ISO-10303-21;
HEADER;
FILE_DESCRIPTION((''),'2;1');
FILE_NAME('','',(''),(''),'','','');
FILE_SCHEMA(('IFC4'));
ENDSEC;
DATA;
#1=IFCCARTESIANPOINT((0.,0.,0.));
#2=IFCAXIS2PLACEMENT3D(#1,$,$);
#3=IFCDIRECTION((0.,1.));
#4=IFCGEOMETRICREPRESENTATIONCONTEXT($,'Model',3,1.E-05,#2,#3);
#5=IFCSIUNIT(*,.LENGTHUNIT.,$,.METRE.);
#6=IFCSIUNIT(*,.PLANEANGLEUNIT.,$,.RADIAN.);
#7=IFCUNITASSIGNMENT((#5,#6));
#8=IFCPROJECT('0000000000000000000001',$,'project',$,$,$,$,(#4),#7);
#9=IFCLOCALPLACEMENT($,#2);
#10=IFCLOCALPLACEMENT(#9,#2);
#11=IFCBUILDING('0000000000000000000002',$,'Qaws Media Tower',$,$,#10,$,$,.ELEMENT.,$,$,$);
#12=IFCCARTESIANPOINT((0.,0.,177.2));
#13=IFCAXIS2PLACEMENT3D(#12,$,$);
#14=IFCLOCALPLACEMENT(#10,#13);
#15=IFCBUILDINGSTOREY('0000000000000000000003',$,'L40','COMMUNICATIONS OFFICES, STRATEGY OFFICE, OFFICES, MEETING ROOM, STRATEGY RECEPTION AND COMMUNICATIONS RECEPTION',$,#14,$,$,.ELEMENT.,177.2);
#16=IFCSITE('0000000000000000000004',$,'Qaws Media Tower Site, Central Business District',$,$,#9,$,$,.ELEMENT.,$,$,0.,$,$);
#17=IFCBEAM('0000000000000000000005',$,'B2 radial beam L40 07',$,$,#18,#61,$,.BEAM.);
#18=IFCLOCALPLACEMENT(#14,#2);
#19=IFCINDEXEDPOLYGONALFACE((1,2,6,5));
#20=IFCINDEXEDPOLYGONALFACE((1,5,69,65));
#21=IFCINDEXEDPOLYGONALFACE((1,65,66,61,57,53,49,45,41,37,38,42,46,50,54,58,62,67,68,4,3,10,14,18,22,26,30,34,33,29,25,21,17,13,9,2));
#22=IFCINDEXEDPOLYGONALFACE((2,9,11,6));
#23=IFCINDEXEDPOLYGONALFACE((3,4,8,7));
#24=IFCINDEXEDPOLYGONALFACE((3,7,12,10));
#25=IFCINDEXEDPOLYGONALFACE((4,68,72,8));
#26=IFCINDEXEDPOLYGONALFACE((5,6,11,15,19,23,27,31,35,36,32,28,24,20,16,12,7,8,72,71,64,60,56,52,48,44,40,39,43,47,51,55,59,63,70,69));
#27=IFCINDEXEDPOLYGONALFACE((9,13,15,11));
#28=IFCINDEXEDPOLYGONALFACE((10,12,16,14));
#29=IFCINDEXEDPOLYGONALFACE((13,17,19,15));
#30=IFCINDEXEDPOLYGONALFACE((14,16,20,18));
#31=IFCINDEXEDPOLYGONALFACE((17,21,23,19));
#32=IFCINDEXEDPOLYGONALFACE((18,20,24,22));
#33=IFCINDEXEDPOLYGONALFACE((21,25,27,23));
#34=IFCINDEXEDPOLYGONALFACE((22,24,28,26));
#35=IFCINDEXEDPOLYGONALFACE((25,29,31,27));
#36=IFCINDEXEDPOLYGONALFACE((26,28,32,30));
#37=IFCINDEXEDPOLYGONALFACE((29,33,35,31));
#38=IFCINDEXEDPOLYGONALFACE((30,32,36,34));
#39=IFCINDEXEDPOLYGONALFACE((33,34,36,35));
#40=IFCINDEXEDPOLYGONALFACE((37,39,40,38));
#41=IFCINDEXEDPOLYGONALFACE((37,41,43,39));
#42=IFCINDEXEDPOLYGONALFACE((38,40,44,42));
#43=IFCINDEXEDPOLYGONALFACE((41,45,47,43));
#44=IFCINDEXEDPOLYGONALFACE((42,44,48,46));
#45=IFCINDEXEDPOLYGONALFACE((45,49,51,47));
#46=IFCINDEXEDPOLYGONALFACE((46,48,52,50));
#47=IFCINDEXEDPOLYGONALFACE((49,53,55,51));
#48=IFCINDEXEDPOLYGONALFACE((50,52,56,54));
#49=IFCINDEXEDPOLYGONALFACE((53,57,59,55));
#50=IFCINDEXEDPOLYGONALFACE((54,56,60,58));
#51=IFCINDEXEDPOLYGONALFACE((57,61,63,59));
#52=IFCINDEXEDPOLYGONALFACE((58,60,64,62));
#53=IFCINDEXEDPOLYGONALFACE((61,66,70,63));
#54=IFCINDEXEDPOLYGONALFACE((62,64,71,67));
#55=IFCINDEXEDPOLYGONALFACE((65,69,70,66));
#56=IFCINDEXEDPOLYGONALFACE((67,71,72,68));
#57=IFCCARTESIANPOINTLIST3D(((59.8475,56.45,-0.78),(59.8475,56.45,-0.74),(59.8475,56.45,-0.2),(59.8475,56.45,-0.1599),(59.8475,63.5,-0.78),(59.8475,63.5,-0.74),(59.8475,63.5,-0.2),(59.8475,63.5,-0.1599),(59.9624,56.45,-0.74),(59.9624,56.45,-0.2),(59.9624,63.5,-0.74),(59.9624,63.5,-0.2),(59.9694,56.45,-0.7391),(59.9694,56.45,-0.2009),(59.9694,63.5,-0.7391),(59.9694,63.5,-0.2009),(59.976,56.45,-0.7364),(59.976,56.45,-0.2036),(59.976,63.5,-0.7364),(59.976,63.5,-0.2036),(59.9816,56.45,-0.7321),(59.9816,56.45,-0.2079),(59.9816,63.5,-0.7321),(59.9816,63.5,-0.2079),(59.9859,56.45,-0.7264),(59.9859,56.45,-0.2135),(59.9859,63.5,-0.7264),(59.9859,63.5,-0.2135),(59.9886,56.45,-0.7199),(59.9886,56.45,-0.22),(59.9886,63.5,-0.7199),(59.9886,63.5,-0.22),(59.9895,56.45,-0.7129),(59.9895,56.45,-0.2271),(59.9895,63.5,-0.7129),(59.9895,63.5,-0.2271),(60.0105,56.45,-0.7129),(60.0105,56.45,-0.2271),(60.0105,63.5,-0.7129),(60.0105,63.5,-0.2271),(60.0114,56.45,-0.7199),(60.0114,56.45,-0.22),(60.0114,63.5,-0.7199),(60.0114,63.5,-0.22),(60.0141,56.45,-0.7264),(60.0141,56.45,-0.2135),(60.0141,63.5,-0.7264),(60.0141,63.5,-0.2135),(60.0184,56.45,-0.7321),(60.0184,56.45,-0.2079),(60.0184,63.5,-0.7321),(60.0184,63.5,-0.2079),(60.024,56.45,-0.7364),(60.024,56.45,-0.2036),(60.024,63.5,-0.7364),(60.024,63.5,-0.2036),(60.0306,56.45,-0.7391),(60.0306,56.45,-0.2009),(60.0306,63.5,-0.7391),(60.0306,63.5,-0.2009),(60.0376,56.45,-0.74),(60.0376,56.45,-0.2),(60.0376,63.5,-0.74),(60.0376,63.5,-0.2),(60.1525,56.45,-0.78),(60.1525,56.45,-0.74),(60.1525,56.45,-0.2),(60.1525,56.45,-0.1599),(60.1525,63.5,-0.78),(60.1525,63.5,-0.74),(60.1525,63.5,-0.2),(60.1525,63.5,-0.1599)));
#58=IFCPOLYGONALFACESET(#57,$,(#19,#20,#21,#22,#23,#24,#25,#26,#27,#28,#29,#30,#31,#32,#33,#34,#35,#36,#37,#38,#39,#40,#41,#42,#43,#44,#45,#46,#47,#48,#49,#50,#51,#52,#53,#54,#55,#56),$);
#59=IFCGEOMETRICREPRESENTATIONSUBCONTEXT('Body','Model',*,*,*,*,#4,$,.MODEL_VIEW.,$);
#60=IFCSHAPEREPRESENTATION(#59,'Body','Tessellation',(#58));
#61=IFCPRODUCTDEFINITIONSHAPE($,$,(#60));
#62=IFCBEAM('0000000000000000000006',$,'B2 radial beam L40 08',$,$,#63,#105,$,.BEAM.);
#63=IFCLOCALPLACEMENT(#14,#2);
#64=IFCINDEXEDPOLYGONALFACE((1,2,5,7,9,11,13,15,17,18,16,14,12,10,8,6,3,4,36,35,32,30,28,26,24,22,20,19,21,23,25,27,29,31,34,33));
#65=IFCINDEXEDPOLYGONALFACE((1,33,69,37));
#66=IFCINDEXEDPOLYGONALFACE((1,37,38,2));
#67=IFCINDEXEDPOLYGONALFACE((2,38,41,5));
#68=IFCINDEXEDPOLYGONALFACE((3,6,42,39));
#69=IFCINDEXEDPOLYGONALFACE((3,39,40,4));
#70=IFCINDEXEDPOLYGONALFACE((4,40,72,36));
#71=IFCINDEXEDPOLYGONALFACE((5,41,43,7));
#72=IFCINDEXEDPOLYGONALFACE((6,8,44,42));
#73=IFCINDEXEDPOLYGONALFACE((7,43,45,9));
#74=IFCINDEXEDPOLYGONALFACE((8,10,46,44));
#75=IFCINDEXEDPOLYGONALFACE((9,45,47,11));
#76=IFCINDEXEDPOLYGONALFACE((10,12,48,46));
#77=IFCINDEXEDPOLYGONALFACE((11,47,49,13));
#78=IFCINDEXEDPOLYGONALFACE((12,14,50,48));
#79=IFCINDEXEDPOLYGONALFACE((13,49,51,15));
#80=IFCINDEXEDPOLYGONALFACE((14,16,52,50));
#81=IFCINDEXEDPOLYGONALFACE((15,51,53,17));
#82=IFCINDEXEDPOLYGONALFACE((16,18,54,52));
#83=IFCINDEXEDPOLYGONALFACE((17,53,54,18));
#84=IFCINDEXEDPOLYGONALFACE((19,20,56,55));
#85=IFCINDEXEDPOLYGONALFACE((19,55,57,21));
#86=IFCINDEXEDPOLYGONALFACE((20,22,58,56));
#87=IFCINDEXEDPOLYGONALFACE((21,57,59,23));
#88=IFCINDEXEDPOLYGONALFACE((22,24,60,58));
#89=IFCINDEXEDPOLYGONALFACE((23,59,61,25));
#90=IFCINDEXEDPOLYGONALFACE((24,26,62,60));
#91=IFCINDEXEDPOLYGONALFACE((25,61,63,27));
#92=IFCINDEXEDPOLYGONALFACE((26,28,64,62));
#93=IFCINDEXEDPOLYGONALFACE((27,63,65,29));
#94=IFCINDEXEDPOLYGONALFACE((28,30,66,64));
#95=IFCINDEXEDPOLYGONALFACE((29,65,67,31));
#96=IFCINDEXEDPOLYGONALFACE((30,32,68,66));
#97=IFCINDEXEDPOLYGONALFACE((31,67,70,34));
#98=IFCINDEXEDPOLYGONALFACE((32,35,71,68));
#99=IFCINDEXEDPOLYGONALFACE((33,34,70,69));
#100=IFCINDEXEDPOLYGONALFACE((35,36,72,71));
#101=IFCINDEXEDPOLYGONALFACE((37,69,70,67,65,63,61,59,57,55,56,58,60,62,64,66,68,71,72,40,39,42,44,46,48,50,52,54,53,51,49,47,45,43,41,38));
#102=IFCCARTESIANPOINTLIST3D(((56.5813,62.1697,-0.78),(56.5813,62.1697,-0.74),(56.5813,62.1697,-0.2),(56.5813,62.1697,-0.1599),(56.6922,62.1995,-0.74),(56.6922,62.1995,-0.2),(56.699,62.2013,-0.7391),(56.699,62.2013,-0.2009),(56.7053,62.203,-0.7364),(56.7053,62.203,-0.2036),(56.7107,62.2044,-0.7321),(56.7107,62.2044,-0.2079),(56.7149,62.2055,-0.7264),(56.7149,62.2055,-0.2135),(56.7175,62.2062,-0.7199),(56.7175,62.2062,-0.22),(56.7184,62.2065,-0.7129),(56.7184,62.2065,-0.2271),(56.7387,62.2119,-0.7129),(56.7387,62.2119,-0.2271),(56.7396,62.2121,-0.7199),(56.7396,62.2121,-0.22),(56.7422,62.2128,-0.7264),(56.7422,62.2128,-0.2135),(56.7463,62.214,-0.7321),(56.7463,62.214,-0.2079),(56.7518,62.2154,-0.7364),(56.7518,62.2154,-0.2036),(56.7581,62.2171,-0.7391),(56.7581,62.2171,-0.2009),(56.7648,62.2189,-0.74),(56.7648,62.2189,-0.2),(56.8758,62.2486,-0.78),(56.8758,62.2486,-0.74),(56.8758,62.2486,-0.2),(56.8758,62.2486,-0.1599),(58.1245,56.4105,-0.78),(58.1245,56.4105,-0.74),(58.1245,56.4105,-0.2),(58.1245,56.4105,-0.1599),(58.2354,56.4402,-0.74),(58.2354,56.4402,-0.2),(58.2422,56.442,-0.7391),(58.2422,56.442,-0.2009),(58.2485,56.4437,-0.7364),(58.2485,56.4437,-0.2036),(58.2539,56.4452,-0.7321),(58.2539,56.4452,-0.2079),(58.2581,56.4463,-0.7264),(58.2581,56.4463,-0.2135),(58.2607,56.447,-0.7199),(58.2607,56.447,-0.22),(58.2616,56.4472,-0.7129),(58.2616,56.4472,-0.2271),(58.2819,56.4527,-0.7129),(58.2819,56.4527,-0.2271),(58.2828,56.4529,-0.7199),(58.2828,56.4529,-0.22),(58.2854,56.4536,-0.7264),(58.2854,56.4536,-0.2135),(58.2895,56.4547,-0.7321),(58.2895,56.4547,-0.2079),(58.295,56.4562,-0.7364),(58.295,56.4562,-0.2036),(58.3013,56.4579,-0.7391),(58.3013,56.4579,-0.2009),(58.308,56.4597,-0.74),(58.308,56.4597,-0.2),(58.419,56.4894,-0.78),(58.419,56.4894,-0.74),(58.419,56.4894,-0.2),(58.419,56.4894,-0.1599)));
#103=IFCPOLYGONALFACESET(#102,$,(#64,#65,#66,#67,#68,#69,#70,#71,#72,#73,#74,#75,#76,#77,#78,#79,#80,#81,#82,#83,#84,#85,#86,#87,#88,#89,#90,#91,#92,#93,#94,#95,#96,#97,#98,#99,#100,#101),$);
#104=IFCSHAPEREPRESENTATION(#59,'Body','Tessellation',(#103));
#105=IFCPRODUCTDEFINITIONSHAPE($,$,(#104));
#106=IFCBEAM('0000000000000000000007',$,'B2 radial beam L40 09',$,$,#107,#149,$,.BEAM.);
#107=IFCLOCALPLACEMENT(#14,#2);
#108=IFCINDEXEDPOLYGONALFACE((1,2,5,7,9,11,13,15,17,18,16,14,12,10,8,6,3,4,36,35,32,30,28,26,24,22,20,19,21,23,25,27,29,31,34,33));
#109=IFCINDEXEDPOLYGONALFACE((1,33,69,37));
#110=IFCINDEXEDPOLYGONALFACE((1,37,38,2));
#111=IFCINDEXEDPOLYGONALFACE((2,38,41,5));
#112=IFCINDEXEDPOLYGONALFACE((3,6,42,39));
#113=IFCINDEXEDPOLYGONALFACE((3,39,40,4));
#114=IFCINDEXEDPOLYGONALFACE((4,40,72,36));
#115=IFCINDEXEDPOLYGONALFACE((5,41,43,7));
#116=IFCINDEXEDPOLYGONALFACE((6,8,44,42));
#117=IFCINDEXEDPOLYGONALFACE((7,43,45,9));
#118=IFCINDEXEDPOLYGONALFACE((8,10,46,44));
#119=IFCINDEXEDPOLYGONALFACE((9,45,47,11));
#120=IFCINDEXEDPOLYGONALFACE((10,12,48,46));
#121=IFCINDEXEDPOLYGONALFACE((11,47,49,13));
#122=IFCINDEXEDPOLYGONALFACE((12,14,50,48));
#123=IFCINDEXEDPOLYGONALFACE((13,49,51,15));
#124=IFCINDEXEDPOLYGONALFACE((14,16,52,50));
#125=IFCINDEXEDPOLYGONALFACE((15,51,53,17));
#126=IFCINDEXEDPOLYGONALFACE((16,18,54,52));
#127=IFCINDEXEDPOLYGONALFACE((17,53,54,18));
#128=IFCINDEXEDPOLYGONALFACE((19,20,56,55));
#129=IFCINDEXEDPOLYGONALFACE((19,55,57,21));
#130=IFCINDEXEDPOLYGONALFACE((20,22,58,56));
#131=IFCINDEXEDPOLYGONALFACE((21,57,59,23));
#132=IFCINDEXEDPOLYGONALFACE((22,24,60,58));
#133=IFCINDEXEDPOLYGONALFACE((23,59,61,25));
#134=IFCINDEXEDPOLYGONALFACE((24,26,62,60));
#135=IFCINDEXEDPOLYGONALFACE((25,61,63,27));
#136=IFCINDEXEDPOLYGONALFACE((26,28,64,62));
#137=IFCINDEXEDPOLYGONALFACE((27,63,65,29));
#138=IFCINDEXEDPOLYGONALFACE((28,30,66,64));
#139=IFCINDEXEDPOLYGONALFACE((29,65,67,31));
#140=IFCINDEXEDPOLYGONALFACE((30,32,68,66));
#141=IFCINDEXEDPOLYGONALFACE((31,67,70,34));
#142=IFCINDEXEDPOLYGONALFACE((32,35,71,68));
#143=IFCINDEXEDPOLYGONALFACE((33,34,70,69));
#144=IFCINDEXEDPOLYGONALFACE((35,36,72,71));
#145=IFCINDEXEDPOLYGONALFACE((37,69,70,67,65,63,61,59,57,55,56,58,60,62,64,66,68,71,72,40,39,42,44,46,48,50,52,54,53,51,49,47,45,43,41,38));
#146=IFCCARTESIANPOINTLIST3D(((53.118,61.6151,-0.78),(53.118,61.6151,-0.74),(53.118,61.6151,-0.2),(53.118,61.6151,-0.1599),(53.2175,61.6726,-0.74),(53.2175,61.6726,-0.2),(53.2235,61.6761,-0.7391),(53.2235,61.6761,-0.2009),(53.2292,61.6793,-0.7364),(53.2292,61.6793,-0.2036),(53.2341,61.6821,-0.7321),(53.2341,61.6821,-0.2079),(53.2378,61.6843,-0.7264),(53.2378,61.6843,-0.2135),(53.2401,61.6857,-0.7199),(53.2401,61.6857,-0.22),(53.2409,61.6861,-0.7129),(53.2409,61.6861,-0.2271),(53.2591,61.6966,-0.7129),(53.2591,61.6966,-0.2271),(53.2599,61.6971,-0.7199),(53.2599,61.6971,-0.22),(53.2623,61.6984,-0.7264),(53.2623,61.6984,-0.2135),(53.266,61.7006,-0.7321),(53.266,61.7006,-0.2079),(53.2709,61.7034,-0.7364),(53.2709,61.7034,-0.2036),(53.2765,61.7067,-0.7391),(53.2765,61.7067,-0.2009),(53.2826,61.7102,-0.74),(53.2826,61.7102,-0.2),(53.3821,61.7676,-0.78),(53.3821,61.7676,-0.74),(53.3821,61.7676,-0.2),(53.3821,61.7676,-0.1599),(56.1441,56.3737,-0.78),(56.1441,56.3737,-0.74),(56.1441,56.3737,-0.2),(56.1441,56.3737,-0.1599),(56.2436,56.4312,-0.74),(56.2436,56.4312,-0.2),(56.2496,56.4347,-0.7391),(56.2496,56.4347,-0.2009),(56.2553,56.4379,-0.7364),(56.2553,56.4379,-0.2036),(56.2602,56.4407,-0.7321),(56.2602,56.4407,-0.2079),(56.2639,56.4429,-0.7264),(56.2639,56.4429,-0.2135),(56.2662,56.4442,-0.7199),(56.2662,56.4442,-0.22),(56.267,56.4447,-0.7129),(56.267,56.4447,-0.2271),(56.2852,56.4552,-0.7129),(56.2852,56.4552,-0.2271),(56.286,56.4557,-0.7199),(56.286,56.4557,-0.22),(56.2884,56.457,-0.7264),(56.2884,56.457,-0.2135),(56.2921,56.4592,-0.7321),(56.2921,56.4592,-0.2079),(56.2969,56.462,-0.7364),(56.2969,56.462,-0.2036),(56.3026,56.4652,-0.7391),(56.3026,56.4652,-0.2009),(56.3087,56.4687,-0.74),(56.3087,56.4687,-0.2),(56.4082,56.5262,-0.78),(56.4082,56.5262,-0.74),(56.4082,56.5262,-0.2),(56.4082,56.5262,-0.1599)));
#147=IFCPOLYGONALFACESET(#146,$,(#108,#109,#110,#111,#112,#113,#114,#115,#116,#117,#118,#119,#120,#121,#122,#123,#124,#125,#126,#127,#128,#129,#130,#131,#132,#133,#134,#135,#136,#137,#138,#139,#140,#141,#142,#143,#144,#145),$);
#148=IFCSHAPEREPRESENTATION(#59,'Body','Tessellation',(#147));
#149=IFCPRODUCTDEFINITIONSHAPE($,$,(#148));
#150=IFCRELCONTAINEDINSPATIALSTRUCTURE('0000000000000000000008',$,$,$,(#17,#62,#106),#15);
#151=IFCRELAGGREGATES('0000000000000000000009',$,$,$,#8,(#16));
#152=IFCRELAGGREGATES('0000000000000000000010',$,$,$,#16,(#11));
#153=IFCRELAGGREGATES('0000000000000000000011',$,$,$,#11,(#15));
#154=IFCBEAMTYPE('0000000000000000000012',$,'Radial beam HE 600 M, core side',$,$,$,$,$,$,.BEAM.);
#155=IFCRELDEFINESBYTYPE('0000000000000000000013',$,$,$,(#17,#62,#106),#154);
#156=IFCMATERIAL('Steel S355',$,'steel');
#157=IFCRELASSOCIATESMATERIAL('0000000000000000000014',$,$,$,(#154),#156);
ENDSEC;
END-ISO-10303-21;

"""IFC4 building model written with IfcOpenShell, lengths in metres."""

from ifc_helpers import new_model, si_unit, direction, frame, origin, origin_2d, place, context, subcontext, project, spatial, i_section, extrude, material, material_profile, profile_set, type_object, element, save


model = new_model("IFC4")

# Units and contexts
model_context = context("Model", 3, precision=1e-05, world=origin(), true_north=direction((0.0, 1.0)))
body_context = subcontext(model_context, "Body", "Model", "MODEL_VIEW")
ifc_project = project(units=[si_unit("LENGTHUNIT", "METRE"), si_unit("PLANEANGLEUNIT", "RADIAN")], contexts=[model_context])

# Site, building, storey
site_placement = place(None, origin())
site = spatial("IfcSite", under=ifc_project, at=site_placement, Name="Qaws Media Tower Site, Central Business District", CompositionType="ELEMENT", RefElevation=0.0)
building_placement = place(site_placement, origin())
building = spatial("IfcBuilding", under=site, at=building_placement, Name="Qaws Media Tower", CompositionType="ELEMENT")
storey_placement = place(building_placement, frame((0.0, 0.0, 177.2)))
storey = spatial("IfcBuildingStorey", under=building, at=storey_placement, Name="L40", Description="COMMUNICATIONS OFFICES, STRATEGY OFFICE, OFFICES, MEETING ROOM, STRATEGY RECEPTION AND COMMUNICATIONS RECEPTION", CompositionType="ELEMENT", Elevation=177.2)

# Beams
ifc_material_1 = material(Name="Steel S355", Category="steel")
ifc_material_profile_1 = material_profile(ifc_material_1, i_section(OverallWidth=0.3049, OverallDepth=0.6201, WebThickness=0.021, FlangeThickness=0.04, FilletRadius=0.0271, at=origin_2d()), Name="HE 600 M")
ifc_profile_set_1 = profile_set([ifc_material_profile_1], Name="Steel S355")
beam_type_1 = type_object("IfcBeamType", Name="Radial beam HE 600 M, core side", PredefinedType="BEAM", material=ifc_profile_set_1)
beam_1_placement = place(storey_placement, frame((60.0, 56.45, -0.47), z_axis=(0.0, 1.0, 0.0), x_axis=(-1.0, 0.0, 0.0)))
element("IfcBeam", 1, at=beam_1_placement, inside=storey, type_object=beam_type_1, Name="B2 radial beam L40 07", PredefinedType="BEAM", context=body_context, shape_type="SweptSolid", body=[
    extrude(i_section(OverallWidth=0.3049, OverallDepth=0.6201, WebThickness=0.021, FlangeThickness=0.04, FilletRadius=0.0271, at=origin_2d()), origin(), (0.0, 0.0, 1.0), 7.05),
])
beam_2_placement = place(storey_placement, frame((58.2717, 56.45, -0.47), z_axis=(-0.258822, 0.965925, 0.0), x_axis=(-0.965925, -0.258822, 0.0)))
element("IfcBeam", 2, at=beam_2_placement, inside=storey, type_object=beam_type_1, Name="B2 radial beam L40 08", PredefinedType="BEAM", context=body_context, shape_type="SweptSolid", body=[
    extrude(i_section(OverallWidth=0.3049, OverallDepth=0.6201, WebThickness=0.021, FlangeThickness=0.04, FilletRadius=0.0271, at=origin_2d()), origin(), (0.0, 0.0, 1.0), 5.9624),
])
beam_3_placement = place(storey_placement, frame((56.2761, 56.45, -0.47), z_axis=(-0.499996, 0.866028, 0.0), x_axis=(-0.866028, -0.499996, 0.0)))
element("IfcBeam", 3, at=beam_3_placement, inside=storey, type_object=beam_type_1, Name="B2 radial beam L40 09", PredefinedType="BEAM", context=body_context, shape_type="SweptSolid", body=[
    extrude(i_section(OverallWidth=0.3049, OverallDepth=0.6201, WebThickness=0.021, FlangeThickness=0.04, FilletRadius=0.0271, at=origin_2d()), origin(), (0.0, 0.0, 1.0), 6.0522),
])

save(model, "model.ifc")
